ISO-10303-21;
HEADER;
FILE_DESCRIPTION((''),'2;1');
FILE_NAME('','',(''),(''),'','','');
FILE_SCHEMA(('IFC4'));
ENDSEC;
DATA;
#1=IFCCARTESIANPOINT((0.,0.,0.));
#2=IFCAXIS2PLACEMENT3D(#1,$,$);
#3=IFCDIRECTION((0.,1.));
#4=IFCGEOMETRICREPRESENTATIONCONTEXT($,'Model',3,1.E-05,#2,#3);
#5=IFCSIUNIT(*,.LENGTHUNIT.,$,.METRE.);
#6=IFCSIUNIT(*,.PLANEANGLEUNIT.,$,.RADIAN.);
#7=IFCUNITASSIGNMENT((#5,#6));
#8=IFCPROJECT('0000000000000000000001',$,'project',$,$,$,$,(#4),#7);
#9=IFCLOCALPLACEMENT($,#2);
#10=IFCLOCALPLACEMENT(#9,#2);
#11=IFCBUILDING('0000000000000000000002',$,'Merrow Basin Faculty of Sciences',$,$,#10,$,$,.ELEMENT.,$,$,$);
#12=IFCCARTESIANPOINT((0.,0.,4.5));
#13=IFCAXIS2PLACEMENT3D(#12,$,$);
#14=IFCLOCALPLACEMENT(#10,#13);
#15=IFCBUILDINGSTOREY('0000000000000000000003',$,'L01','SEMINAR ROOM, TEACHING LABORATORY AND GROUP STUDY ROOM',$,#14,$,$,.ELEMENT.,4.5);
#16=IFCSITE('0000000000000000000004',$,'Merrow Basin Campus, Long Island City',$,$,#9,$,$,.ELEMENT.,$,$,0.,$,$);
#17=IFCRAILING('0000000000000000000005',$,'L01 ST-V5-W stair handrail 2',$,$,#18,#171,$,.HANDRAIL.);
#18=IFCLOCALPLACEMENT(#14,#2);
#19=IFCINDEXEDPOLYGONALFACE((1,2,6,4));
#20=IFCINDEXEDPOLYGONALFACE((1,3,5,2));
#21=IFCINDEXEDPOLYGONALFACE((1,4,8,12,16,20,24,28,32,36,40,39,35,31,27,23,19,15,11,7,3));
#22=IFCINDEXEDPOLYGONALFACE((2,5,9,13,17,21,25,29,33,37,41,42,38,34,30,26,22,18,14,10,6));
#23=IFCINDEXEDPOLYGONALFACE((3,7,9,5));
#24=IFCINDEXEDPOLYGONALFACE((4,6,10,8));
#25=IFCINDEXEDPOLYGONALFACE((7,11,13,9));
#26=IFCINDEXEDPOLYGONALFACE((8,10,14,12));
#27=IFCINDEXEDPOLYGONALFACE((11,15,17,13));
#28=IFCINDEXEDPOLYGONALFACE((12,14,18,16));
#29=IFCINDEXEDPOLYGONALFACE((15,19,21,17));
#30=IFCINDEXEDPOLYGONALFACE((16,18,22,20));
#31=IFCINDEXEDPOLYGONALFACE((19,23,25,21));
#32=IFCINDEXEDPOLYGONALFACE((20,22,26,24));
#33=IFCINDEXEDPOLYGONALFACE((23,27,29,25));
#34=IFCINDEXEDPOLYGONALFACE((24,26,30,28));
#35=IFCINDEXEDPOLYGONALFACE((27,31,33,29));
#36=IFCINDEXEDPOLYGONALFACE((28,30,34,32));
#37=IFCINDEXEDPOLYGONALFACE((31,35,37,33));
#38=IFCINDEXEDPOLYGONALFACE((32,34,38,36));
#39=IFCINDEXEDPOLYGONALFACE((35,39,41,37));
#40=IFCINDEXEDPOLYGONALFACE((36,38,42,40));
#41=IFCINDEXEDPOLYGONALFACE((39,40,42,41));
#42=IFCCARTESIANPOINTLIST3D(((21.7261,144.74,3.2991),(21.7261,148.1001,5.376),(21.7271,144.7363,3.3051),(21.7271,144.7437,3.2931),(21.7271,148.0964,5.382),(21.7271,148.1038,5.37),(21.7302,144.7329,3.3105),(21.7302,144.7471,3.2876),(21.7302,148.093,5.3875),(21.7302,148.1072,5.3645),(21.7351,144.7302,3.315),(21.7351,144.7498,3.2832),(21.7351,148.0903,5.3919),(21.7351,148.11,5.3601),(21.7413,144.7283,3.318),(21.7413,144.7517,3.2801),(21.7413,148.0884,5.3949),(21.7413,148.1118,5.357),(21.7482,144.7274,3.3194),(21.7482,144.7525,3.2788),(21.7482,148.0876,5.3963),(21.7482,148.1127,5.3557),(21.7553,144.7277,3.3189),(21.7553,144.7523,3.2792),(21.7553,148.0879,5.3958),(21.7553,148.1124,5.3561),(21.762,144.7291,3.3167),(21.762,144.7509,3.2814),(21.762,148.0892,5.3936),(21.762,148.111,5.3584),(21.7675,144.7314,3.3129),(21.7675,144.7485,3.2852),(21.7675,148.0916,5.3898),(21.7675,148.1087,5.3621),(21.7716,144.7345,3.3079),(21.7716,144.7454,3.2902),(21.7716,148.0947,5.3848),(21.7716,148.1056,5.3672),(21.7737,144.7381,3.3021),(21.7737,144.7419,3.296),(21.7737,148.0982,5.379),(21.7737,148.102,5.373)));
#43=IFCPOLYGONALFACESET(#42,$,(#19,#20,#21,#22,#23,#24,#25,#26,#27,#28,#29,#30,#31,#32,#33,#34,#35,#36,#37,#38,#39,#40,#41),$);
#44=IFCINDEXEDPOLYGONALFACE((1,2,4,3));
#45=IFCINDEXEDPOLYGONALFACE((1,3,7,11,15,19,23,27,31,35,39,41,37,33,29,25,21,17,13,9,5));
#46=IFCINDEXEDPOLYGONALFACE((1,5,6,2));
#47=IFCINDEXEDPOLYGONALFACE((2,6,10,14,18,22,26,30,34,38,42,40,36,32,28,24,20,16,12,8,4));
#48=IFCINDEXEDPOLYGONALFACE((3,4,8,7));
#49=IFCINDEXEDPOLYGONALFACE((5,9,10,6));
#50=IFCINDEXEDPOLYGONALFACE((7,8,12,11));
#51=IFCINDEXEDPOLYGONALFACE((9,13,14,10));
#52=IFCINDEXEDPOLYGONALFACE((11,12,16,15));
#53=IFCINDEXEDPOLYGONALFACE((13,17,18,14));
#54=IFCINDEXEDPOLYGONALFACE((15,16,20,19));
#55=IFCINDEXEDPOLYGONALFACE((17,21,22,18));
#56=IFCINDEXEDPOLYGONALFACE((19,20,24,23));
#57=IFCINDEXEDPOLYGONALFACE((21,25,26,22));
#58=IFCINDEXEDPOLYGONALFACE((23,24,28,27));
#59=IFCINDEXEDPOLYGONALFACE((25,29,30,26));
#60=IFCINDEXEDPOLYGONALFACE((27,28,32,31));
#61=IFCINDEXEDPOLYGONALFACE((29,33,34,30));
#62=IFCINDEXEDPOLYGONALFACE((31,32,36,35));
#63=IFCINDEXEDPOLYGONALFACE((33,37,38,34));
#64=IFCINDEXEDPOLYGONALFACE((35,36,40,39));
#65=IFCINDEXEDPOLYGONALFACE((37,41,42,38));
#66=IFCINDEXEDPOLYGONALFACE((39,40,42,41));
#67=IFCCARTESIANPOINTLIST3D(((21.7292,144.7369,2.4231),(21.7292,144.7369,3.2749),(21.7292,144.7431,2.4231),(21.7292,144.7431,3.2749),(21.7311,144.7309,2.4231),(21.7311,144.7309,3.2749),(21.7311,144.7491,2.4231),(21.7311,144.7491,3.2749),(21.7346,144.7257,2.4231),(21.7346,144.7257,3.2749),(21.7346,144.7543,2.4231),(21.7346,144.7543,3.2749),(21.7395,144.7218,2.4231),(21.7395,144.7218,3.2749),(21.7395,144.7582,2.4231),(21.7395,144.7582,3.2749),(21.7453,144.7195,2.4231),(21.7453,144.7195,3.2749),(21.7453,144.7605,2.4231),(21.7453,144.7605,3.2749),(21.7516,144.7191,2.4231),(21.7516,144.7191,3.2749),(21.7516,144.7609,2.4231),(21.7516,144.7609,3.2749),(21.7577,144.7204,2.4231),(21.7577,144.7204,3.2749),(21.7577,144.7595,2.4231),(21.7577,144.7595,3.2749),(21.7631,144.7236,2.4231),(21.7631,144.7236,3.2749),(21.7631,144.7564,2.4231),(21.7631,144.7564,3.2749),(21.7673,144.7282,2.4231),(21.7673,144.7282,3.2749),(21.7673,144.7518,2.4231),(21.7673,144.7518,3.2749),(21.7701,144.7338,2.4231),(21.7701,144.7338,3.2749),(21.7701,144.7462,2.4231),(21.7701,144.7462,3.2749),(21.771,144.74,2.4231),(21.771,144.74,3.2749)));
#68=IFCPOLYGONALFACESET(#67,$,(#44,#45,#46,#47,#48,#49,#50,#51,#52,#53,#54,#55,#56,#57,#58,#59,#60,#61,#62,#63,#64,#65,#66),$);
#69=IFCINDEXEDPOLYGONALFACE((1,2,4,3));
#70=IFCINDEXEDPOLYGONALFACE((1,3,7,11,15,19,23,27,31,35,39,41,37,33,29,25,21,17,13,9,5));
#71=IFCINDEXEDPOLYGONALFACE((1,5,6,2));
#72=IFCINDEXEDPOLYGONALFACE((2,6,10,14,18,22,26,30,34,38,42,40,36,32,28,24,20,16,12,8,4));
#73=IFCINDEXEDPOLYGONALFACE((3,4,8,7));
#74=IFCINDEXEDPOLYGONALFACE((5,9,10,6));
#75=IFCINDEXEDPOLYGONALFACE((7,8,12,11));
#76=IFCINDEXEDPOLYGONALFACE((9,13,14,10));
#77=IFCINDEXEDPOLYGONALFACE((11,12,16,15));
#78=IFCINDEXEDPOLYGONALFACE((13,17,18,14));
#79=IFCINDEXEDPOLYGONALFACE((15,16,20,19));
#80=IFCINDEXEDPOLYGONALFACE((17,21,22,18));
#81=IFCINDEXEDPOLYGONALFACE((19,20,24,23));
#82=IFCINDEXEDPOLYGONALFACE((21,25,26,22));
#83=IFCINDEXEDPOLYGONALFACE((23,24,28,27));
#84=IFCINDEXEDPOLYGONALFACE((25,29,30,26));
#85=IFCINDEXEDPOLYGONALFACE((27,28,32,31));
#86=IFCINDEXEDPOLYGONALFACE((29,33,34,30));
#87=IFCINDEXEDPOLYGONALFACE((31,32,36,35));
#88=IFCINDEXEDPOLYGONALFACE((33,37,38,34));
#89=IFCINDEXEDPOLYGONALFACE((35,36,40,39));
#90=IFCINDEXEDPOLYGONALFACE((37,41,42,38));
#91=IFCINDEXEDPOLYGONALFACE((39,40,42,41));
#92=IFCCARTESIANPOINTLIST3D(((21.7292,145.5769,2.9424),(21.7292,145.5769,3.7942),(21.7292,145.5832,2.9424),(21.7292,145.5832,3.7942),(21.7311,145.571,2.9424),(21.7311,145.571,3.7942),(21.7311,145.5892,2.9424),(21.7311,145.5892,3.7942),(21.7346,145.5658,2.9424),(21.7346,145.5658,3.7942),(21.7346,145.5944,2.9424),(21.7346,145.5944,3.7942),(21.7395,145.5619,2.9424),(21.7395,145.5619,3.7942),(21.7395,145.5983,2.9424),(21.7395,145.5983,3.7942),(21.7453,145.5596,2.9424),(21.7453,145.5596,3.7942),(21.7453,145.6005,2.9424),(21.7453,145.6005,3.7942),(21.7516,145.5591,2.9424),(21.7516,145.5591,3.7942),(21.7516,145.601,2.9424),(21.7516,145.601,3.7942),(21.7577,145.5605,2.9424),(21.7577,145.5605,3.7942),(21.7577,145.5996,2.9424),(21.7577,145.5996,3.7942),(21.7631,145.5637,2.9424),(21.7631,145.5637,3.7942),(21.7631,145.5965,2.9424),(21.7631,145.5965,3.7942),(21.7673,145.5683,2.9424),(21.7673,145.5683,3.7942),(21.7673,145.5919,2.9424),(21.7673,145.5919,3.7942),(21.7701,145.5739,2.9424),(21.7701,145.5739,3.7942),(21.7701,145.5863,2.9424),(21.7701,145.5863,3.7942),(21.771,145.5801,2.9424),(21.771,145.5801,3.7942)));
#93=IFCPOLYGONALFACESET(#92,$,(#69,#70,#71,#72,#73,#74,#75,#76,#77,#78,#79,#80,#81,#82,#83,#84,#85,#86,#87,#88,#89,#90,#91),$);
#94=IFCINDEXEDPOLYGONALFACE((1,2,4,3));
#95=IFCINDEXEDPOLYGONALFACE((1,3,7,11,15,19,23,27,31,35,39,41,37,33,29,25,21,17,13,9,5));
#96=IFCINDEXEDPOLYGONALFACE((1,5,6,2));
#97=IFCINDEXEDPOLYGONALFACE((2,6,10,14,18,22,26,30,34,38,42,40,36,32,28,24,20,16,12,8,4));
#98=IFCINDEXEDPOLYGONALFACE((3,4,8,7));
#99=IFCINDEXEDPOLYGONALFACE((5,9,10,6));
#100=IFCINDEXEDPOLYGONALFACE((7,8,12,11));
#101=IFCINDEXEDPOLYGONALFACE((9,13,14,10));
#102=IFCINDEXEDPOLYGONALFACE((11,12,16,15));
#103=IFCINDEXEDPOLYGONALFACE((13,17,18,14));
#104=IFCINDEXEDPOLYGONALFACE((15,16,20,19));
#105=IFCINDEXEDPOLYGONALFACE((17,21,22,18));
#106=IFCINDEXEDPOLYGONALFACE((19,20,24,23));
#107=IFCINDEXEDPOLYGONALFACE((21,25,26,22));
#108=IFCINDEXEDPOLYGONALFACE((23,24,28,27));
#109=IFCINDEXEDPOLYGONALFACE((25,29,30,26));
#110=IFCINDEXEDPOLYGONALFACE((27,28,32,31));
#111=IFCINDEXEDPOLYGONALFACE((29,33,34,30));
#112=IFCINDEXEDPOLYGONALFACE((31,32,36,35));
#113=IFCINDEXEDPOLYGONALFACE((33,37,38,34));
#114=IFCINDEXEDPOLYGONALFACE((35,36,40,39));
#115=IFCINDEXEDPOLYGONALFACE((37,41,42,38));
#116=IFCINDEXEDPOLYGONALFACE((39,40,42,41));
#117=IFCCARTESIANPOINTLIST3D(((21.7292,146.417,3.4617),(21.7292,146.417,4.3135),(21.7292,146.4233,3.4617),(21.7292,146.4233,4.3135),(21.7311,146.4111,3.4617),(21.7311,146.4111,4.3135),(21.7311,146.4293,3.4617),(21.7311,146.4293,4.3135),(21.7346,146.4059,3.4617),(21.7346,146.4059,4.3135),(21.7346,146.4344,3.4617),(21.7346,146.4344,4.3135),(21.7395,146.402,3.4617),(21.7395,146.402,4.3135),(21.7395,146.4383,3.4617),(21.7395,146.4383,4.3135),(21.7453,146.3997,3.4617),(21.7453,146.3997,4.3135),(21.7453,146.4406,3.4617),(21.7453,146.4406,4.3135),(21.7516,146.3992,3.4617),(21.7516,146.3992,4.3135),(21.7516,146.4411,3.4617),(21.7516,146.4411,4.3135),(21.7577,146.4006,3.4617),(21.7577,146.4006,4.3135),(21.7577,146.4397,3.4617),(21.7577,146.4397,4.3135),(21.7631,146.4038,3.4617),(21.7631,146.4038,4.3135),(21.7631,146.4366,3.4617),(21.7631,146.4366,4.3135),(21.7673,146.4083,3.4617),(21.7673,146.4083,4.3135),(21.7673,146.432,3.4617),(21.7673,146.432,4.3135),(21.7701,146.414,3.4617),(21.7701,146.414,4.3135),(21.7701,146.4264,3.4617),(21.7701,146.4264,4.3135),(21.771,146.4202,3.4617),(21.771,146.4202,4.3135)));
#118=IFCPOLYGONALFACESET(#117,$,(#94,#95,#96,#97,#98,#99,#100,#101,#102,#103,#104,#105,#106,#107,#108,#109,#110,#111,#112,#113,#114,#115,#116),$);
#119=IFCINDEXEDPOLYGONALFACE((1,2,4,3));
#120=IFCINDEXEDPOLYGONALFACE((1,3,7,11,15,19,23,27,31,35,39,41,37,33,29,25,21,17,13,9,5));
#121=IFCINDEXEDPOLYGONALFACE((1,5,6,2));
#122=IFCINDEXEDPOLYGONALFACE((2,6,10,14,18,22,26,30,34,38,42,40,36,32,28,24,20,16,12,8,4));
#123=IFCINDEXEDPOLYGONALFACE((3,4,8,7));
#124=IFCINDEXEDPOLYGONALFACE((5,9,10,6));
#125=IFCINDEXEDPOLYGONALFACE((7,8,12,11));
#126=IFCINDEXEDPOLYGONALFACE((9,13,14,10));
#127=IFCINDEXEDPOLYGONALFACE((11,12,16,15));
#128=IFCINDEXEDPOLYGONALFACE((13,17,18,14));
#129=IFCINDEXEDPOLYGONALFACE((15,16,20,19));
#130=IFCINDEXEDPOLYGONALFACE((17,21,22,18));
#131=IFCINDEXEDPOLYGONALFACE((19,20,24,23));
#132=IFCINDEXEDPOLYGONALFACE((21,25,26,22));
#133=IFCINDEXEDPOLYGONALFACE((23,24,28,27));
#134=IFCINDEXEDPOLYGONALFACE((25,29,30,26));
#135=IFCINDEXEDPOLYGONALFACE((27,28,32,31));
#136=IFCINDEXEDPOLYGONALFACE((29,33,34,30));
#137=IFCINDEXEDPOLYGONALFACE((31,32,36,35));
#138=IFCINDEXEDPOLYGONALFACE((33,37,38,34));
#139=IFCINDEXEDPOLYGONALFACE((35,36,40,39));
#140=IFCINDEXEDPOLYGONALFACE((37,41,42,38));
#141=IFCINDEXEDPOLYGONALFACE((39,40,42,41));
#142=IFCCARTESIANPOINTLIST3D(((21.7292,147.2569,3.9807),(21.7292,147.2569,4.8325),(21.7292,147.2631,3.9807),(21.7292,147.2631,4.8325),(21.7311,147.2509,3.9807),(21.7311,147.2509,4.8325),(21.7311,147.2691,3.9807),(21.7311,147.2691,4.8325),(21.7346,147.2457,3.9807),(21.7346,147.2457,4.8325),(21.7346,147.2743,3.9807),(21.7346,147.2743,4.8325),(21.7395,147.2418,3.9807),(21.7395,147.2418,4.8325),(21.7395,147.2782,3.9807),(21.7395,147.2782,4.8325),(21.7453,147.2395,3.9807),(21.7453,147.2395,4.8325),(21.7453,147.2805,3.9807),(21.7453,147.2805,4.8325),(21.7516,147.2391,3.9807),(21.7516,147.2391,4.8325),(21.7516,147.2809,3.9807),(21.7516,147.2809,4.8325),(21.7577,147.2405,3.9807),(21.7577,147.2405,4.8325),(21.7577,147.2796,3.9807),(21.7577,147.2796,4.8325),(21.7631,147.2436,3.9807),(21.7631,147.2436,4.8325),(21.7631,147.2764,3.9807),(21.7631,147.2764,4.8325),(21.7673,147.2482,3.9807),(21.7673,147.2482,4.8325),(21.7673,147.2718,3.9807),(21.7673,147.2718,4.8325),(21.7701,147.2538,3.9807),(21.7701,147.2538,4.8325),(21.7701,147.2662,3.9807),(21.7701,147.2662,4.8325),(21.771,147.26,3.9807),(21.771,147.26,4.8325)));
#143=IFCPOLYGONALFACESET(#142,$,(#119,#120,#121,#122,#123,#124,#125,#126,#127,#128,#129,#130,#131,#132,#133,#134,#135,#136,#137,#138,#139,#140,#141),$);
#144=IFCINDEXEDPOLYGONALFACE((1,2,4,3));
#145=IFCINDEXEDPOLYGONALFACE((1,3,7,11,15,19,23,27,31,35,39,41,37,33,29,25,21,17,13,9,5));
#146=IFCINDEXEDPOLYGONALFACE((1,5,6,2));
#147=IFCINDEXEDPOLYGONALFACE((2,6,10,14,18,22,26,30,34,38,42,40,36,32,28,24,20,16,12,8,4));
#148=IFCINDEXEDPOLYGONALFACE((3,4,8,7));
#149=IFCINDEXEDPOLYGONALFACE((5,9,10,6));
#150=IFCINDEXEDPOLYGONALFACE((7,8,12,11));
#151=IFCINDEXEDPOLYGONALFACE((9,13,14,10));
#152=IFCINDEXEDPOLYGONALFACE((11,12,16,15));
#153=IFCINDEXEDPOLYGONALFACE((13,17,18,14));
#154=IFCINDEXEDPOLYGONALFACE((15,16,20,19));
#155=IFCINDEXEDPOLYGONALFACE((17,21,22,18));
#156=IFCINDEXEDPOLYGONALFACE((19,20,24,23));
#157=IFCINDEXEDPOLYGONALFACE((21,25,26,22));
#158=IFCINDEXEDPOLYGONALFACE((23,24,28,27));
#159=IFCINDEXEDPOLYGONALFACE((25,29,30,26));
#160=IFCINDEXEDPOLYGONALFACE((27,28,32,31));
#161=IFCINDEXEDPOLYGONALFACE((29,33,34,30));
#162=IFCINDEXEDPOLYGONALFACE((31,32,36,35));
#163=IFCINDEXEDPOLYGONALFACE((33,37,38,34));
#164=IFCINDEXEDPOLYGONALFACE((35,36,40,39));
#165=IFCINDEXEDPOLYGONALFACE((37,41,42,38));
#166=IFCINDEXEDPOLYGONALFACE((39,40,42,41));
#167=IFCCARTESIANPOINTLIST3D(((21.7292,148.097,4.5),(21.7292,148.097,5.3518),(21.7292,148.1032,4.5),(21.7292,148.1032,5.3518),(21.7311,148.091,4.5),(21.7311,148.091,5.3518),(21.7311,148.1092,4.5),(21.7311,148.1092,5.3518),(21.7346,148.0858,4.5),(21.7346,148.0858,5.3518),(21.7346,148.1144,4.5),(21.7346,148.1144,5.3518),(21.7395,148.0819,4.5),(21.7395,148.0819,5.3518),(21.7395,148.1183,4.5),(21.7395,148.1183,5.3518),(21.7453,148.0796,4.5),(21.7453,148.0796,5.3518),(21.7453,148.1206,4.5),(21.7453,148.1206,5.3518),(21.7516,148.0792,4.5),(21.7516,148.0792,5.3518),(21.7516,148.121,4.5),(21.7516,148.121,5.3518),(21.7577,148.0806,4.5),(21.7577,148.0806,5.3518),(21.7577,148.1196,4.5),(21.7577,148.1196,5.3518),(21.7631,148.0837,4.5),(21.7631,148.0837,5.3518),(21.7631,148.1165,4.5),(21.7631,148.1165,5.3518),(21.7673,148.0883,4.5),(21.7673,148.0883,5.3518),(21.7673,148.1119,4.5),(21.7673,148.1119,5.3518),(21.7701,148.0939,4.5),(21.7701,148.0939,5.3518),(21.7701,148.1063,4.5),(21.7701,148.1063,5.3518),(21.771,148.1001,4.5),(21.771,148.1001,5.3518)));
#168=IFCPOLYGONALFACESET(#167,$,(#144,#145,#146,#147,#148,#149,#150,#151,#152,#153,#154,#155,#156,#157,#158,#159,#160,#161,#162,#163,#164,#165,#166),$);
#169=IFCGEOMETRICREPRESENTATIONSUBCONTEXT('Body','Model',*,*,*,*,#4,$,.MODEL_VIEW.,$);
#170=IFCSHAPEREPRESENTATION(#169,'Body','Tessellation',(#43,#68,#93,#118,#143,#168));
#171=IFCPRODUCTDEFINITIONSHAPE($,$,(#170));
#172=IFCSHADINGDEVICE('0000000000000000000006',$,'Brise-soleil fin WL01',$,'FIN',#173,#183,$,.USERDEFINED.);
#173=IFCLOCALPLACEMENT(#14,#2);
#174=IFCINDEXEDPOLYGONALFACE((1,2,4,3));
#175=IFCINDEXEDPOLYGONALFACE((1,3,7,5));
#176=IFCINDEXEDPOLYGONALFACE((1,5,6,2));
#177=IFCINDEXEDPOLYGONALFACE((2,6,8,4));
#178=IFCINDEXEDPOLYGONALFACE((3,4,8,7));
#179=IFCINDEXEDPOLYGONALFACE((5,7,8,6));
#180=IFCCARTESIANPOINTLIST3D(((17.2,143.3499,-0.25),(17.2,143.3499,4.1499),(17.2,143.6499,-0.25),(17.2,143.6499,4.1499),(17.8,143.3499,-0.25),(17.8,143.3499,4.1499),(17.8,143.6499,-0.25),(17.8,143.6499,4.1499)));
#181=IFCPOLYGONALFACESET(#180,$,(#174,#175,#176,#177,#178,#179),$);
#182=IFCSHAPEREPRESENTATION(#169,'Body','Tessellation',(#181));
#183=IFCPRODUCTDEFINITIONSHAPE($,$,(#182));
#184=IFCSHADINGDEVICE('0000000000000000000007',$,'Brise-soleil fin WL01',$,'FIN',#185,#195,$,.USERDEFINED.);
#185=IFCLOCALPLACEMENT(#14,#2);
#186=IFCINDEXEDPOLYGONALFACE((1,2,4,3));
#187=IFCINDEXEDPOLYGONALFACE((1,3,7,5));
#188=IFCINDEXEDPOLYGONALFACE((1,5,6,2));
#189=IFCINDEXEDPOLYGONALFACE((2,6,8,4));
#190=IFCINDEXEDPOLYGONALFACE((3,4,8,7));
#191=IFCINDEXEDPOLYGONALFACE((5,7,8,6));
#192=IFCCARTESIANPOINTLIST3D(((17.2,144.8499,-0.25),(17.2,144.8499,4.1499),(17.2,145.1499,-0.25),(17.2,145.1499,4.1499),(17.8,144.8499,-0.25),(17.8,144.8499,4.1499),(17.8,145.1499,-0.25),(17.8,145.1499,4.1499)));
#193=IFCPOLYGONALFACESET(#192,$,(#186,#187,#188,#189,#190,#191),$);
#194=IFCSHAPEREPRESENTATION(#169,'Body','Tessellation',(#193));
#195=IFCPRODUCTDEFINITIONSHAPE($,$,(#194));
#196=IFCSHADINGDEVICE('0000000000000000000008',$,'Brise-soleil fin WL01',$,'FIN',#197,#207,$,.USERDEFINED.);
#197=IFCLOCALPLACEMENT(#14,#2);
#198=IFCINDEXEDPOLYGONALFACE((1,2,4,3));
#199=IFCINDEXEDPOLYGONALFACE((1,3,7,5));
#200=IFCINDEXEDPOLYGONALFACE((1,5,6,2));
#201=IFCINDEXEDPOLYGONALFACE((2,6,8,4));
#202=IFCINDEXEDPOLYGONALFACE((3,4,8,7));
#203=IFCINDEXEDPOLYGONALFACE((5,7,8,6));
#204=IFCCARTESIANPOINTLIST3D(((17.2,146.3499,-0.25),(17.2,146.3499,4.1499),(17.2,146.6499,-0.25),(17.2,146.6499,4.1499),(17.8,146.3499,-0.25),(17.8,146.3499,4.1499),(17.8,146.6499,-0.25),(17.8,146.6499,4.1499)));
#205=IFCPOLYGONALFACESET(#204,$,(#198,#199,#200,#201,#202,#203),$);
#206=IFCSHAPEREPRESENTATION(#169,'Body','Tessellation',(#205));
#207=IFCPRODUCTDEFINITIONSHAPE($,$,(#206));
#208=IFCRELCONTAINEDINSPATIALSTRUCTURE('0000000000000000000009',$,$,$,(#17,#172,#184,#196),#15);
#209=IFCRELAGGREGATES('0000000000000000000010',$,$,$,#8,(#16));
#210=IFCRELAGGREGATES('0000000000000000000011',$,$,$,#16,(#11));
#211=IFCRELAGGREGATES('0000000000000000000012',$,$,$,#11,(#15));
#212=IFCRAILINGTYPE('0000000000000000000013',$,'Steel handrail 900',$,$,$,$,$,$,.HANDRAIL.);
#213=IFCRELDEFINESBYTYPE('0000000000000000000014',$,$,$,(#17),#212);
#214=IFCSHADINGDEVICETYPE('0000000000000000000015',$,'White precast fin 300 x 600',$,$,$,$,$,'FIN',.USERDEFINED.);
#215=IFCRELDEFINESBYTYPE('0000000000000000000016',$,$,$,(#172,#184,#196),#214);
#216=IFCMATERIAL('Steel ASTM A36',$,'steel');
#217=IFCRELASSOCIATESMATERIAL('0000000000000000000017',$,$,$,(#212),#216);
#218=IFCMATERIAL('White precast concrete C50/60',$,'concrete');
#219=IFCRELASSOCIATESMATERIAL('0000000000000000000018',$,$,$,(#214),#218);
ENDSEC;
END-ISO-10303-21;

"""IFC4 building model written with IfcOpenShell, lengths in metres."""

from ifc_helpers import new_model, si_unit, direction, frame, origin, origin_2d, place, context, subcontext, project, spatial, polyline, circle, outline, extrude, source, transform, mapped, material, type_object, element, save


model = new_model("IFC4")

# Units and contexts
model_context = context("Model", 3, precision=1e-05, world=origin(), true_north=direction((0.0, 1.0)))
body_context = subcontext(model_context, "Body", "Model", "MODEL_VIEW")
ifc_project = project(units=[si_unit("LENGTHUNIT", "METRE"), si_unit("PLANEANGLEUNIT", "RADIAN")], contexts=[model_context])

# Site, building, storey
site_placement = place(None, origin())
site = spatial("IfcSite", under=ifc_project, at=site_placement, Name="Merrow Basin Campus, Long Island City", CompositionType="ELEMENT", RefElevation=0.0)
building_placement = place(site_placement, origin())
building = spatial("IfcBuilding", under=site, at=building_placement, Name="Merrow Basin Faculty of Sciences", CompositionType="ELEMENT")
storey_placement = place(building_placement, frame((0.0, 0.0, 4.5)))
storey = spatial("IfcBuildingStorey", under=building, at=storey_placement, Name="L01", Description="SEMINAR ROOM, TEACHING LABORATORY AND GROUP STUDY ROOM", CompositionType="ELEMENT", Elevation=4.5)

# Railing
ifc_material_1 = material(Name="Steel ASTM A36", Category="steel")
railing_type_1 = type_object("IfcRailingType", Name="Steel handrail 900", PredefinedType="HANDRAIL", material=ifc_material_1)
railing_1_placement = place(storey_placement, frame((21.75, 144.74, 2.4231)))
element("IfcRailing", 1, at=railing_1_placement, inside=storey, type_object=railing_type_1, Name="L01 ST-V5-W stair handrail 2", PredefinedType="HANDRAIL", context=body_context, shape_type="SweptSolid", body=[
    extrude(circle(Radius=0.0239, at=origin_2d()), frame((0.0, 0.0, 0.876), z_axis=(0.0, 0.850623, 0.525776), x_axis=(-1.0, 0.0, 0.0)), (0.0, 0.0, 1.0), 3.9502),
    extrude(circle(Radius=0.021, at=origin_2d()), origin(), (0.0, 0.0, 1.0), 0.8518),
    extrude(circle(Radius=0.021, at=origin_2d()), frame((0.0, 0.8401, 0.5193)), (0.0, 0.0, 1.0), 0.8518),
    extrude(circle(Radius=0.021, at=origin_2d()), frame((0.0, 1.6802, 1.0386)), (0.0, 0.0, 1.0), 0.8518),
    extrude(circle(Radius=0.021, at=origin_2d()), frame((0.0, 2.52, 1.5576)), (0.0, 0.0, 1.0), 0.8518),
    extrude(circle(Radius=0.021, at=origin_2d()), frame((0.0, 3.3601, 2.0769)), (0.0, 0.0, 1.0), 0.8518),
])

# Shading devices
ifc_material_2 = material(Name="White precast concrete C50/60", Category="concrete")
shading_device_type = type_object("IfcShadingDeviceType", Name="White precast fin 300 x 600", ElementType="FIN", PredefinedType="USERDEFINED", material=ifc_material_2)
shared_shape_1 = source(origin(), body_context, "Body", "SweptSolid", [
    extrude(outline(polyline([(0.0, 0.0), (0.3, 0.0), (0.3, 4.3999), (0.0, 4.3999), (0.0, 0.0)])), origin(), (0.0, 0.0, 1.0), 0.6001),
])
for number, where, z_axis, x_axis, name in (
    (2, (17.8, 143.6499, -0.25), (-1.0, 0.0, 0.0), (0.0, -1.0, 0.0), "Brise-soleil fin WL01"),
    (3, (17.8, 145.1499, -0.25), (-1.0, 0.0, 0.0), (0.0, -1.0, 0.0), "Brise-soleil fin WL01"),
    (4, (17.8, 146.6499, -0.25), (-1.0, 0.0, 0.0), (0.0, -1.0, 0.0), "Brise-soleil fin WL01"),
):
    element("IfcShadingDevice", number, at=place(storey_placement, frame(where, z_axis=z_axis, x_axis=x_axis)), inside=storey, type_object=shading_device_type, Name=name, ObjectType="FIN", PredefinedType="USERDEFINED", context=body_context, shape_type="MappedRepresentation", body=[
        mapped(shared_shape_1, transform((0.0, 0.0, 0.0), scale=1.0)),
    ])

save(model, "model.ifc")
